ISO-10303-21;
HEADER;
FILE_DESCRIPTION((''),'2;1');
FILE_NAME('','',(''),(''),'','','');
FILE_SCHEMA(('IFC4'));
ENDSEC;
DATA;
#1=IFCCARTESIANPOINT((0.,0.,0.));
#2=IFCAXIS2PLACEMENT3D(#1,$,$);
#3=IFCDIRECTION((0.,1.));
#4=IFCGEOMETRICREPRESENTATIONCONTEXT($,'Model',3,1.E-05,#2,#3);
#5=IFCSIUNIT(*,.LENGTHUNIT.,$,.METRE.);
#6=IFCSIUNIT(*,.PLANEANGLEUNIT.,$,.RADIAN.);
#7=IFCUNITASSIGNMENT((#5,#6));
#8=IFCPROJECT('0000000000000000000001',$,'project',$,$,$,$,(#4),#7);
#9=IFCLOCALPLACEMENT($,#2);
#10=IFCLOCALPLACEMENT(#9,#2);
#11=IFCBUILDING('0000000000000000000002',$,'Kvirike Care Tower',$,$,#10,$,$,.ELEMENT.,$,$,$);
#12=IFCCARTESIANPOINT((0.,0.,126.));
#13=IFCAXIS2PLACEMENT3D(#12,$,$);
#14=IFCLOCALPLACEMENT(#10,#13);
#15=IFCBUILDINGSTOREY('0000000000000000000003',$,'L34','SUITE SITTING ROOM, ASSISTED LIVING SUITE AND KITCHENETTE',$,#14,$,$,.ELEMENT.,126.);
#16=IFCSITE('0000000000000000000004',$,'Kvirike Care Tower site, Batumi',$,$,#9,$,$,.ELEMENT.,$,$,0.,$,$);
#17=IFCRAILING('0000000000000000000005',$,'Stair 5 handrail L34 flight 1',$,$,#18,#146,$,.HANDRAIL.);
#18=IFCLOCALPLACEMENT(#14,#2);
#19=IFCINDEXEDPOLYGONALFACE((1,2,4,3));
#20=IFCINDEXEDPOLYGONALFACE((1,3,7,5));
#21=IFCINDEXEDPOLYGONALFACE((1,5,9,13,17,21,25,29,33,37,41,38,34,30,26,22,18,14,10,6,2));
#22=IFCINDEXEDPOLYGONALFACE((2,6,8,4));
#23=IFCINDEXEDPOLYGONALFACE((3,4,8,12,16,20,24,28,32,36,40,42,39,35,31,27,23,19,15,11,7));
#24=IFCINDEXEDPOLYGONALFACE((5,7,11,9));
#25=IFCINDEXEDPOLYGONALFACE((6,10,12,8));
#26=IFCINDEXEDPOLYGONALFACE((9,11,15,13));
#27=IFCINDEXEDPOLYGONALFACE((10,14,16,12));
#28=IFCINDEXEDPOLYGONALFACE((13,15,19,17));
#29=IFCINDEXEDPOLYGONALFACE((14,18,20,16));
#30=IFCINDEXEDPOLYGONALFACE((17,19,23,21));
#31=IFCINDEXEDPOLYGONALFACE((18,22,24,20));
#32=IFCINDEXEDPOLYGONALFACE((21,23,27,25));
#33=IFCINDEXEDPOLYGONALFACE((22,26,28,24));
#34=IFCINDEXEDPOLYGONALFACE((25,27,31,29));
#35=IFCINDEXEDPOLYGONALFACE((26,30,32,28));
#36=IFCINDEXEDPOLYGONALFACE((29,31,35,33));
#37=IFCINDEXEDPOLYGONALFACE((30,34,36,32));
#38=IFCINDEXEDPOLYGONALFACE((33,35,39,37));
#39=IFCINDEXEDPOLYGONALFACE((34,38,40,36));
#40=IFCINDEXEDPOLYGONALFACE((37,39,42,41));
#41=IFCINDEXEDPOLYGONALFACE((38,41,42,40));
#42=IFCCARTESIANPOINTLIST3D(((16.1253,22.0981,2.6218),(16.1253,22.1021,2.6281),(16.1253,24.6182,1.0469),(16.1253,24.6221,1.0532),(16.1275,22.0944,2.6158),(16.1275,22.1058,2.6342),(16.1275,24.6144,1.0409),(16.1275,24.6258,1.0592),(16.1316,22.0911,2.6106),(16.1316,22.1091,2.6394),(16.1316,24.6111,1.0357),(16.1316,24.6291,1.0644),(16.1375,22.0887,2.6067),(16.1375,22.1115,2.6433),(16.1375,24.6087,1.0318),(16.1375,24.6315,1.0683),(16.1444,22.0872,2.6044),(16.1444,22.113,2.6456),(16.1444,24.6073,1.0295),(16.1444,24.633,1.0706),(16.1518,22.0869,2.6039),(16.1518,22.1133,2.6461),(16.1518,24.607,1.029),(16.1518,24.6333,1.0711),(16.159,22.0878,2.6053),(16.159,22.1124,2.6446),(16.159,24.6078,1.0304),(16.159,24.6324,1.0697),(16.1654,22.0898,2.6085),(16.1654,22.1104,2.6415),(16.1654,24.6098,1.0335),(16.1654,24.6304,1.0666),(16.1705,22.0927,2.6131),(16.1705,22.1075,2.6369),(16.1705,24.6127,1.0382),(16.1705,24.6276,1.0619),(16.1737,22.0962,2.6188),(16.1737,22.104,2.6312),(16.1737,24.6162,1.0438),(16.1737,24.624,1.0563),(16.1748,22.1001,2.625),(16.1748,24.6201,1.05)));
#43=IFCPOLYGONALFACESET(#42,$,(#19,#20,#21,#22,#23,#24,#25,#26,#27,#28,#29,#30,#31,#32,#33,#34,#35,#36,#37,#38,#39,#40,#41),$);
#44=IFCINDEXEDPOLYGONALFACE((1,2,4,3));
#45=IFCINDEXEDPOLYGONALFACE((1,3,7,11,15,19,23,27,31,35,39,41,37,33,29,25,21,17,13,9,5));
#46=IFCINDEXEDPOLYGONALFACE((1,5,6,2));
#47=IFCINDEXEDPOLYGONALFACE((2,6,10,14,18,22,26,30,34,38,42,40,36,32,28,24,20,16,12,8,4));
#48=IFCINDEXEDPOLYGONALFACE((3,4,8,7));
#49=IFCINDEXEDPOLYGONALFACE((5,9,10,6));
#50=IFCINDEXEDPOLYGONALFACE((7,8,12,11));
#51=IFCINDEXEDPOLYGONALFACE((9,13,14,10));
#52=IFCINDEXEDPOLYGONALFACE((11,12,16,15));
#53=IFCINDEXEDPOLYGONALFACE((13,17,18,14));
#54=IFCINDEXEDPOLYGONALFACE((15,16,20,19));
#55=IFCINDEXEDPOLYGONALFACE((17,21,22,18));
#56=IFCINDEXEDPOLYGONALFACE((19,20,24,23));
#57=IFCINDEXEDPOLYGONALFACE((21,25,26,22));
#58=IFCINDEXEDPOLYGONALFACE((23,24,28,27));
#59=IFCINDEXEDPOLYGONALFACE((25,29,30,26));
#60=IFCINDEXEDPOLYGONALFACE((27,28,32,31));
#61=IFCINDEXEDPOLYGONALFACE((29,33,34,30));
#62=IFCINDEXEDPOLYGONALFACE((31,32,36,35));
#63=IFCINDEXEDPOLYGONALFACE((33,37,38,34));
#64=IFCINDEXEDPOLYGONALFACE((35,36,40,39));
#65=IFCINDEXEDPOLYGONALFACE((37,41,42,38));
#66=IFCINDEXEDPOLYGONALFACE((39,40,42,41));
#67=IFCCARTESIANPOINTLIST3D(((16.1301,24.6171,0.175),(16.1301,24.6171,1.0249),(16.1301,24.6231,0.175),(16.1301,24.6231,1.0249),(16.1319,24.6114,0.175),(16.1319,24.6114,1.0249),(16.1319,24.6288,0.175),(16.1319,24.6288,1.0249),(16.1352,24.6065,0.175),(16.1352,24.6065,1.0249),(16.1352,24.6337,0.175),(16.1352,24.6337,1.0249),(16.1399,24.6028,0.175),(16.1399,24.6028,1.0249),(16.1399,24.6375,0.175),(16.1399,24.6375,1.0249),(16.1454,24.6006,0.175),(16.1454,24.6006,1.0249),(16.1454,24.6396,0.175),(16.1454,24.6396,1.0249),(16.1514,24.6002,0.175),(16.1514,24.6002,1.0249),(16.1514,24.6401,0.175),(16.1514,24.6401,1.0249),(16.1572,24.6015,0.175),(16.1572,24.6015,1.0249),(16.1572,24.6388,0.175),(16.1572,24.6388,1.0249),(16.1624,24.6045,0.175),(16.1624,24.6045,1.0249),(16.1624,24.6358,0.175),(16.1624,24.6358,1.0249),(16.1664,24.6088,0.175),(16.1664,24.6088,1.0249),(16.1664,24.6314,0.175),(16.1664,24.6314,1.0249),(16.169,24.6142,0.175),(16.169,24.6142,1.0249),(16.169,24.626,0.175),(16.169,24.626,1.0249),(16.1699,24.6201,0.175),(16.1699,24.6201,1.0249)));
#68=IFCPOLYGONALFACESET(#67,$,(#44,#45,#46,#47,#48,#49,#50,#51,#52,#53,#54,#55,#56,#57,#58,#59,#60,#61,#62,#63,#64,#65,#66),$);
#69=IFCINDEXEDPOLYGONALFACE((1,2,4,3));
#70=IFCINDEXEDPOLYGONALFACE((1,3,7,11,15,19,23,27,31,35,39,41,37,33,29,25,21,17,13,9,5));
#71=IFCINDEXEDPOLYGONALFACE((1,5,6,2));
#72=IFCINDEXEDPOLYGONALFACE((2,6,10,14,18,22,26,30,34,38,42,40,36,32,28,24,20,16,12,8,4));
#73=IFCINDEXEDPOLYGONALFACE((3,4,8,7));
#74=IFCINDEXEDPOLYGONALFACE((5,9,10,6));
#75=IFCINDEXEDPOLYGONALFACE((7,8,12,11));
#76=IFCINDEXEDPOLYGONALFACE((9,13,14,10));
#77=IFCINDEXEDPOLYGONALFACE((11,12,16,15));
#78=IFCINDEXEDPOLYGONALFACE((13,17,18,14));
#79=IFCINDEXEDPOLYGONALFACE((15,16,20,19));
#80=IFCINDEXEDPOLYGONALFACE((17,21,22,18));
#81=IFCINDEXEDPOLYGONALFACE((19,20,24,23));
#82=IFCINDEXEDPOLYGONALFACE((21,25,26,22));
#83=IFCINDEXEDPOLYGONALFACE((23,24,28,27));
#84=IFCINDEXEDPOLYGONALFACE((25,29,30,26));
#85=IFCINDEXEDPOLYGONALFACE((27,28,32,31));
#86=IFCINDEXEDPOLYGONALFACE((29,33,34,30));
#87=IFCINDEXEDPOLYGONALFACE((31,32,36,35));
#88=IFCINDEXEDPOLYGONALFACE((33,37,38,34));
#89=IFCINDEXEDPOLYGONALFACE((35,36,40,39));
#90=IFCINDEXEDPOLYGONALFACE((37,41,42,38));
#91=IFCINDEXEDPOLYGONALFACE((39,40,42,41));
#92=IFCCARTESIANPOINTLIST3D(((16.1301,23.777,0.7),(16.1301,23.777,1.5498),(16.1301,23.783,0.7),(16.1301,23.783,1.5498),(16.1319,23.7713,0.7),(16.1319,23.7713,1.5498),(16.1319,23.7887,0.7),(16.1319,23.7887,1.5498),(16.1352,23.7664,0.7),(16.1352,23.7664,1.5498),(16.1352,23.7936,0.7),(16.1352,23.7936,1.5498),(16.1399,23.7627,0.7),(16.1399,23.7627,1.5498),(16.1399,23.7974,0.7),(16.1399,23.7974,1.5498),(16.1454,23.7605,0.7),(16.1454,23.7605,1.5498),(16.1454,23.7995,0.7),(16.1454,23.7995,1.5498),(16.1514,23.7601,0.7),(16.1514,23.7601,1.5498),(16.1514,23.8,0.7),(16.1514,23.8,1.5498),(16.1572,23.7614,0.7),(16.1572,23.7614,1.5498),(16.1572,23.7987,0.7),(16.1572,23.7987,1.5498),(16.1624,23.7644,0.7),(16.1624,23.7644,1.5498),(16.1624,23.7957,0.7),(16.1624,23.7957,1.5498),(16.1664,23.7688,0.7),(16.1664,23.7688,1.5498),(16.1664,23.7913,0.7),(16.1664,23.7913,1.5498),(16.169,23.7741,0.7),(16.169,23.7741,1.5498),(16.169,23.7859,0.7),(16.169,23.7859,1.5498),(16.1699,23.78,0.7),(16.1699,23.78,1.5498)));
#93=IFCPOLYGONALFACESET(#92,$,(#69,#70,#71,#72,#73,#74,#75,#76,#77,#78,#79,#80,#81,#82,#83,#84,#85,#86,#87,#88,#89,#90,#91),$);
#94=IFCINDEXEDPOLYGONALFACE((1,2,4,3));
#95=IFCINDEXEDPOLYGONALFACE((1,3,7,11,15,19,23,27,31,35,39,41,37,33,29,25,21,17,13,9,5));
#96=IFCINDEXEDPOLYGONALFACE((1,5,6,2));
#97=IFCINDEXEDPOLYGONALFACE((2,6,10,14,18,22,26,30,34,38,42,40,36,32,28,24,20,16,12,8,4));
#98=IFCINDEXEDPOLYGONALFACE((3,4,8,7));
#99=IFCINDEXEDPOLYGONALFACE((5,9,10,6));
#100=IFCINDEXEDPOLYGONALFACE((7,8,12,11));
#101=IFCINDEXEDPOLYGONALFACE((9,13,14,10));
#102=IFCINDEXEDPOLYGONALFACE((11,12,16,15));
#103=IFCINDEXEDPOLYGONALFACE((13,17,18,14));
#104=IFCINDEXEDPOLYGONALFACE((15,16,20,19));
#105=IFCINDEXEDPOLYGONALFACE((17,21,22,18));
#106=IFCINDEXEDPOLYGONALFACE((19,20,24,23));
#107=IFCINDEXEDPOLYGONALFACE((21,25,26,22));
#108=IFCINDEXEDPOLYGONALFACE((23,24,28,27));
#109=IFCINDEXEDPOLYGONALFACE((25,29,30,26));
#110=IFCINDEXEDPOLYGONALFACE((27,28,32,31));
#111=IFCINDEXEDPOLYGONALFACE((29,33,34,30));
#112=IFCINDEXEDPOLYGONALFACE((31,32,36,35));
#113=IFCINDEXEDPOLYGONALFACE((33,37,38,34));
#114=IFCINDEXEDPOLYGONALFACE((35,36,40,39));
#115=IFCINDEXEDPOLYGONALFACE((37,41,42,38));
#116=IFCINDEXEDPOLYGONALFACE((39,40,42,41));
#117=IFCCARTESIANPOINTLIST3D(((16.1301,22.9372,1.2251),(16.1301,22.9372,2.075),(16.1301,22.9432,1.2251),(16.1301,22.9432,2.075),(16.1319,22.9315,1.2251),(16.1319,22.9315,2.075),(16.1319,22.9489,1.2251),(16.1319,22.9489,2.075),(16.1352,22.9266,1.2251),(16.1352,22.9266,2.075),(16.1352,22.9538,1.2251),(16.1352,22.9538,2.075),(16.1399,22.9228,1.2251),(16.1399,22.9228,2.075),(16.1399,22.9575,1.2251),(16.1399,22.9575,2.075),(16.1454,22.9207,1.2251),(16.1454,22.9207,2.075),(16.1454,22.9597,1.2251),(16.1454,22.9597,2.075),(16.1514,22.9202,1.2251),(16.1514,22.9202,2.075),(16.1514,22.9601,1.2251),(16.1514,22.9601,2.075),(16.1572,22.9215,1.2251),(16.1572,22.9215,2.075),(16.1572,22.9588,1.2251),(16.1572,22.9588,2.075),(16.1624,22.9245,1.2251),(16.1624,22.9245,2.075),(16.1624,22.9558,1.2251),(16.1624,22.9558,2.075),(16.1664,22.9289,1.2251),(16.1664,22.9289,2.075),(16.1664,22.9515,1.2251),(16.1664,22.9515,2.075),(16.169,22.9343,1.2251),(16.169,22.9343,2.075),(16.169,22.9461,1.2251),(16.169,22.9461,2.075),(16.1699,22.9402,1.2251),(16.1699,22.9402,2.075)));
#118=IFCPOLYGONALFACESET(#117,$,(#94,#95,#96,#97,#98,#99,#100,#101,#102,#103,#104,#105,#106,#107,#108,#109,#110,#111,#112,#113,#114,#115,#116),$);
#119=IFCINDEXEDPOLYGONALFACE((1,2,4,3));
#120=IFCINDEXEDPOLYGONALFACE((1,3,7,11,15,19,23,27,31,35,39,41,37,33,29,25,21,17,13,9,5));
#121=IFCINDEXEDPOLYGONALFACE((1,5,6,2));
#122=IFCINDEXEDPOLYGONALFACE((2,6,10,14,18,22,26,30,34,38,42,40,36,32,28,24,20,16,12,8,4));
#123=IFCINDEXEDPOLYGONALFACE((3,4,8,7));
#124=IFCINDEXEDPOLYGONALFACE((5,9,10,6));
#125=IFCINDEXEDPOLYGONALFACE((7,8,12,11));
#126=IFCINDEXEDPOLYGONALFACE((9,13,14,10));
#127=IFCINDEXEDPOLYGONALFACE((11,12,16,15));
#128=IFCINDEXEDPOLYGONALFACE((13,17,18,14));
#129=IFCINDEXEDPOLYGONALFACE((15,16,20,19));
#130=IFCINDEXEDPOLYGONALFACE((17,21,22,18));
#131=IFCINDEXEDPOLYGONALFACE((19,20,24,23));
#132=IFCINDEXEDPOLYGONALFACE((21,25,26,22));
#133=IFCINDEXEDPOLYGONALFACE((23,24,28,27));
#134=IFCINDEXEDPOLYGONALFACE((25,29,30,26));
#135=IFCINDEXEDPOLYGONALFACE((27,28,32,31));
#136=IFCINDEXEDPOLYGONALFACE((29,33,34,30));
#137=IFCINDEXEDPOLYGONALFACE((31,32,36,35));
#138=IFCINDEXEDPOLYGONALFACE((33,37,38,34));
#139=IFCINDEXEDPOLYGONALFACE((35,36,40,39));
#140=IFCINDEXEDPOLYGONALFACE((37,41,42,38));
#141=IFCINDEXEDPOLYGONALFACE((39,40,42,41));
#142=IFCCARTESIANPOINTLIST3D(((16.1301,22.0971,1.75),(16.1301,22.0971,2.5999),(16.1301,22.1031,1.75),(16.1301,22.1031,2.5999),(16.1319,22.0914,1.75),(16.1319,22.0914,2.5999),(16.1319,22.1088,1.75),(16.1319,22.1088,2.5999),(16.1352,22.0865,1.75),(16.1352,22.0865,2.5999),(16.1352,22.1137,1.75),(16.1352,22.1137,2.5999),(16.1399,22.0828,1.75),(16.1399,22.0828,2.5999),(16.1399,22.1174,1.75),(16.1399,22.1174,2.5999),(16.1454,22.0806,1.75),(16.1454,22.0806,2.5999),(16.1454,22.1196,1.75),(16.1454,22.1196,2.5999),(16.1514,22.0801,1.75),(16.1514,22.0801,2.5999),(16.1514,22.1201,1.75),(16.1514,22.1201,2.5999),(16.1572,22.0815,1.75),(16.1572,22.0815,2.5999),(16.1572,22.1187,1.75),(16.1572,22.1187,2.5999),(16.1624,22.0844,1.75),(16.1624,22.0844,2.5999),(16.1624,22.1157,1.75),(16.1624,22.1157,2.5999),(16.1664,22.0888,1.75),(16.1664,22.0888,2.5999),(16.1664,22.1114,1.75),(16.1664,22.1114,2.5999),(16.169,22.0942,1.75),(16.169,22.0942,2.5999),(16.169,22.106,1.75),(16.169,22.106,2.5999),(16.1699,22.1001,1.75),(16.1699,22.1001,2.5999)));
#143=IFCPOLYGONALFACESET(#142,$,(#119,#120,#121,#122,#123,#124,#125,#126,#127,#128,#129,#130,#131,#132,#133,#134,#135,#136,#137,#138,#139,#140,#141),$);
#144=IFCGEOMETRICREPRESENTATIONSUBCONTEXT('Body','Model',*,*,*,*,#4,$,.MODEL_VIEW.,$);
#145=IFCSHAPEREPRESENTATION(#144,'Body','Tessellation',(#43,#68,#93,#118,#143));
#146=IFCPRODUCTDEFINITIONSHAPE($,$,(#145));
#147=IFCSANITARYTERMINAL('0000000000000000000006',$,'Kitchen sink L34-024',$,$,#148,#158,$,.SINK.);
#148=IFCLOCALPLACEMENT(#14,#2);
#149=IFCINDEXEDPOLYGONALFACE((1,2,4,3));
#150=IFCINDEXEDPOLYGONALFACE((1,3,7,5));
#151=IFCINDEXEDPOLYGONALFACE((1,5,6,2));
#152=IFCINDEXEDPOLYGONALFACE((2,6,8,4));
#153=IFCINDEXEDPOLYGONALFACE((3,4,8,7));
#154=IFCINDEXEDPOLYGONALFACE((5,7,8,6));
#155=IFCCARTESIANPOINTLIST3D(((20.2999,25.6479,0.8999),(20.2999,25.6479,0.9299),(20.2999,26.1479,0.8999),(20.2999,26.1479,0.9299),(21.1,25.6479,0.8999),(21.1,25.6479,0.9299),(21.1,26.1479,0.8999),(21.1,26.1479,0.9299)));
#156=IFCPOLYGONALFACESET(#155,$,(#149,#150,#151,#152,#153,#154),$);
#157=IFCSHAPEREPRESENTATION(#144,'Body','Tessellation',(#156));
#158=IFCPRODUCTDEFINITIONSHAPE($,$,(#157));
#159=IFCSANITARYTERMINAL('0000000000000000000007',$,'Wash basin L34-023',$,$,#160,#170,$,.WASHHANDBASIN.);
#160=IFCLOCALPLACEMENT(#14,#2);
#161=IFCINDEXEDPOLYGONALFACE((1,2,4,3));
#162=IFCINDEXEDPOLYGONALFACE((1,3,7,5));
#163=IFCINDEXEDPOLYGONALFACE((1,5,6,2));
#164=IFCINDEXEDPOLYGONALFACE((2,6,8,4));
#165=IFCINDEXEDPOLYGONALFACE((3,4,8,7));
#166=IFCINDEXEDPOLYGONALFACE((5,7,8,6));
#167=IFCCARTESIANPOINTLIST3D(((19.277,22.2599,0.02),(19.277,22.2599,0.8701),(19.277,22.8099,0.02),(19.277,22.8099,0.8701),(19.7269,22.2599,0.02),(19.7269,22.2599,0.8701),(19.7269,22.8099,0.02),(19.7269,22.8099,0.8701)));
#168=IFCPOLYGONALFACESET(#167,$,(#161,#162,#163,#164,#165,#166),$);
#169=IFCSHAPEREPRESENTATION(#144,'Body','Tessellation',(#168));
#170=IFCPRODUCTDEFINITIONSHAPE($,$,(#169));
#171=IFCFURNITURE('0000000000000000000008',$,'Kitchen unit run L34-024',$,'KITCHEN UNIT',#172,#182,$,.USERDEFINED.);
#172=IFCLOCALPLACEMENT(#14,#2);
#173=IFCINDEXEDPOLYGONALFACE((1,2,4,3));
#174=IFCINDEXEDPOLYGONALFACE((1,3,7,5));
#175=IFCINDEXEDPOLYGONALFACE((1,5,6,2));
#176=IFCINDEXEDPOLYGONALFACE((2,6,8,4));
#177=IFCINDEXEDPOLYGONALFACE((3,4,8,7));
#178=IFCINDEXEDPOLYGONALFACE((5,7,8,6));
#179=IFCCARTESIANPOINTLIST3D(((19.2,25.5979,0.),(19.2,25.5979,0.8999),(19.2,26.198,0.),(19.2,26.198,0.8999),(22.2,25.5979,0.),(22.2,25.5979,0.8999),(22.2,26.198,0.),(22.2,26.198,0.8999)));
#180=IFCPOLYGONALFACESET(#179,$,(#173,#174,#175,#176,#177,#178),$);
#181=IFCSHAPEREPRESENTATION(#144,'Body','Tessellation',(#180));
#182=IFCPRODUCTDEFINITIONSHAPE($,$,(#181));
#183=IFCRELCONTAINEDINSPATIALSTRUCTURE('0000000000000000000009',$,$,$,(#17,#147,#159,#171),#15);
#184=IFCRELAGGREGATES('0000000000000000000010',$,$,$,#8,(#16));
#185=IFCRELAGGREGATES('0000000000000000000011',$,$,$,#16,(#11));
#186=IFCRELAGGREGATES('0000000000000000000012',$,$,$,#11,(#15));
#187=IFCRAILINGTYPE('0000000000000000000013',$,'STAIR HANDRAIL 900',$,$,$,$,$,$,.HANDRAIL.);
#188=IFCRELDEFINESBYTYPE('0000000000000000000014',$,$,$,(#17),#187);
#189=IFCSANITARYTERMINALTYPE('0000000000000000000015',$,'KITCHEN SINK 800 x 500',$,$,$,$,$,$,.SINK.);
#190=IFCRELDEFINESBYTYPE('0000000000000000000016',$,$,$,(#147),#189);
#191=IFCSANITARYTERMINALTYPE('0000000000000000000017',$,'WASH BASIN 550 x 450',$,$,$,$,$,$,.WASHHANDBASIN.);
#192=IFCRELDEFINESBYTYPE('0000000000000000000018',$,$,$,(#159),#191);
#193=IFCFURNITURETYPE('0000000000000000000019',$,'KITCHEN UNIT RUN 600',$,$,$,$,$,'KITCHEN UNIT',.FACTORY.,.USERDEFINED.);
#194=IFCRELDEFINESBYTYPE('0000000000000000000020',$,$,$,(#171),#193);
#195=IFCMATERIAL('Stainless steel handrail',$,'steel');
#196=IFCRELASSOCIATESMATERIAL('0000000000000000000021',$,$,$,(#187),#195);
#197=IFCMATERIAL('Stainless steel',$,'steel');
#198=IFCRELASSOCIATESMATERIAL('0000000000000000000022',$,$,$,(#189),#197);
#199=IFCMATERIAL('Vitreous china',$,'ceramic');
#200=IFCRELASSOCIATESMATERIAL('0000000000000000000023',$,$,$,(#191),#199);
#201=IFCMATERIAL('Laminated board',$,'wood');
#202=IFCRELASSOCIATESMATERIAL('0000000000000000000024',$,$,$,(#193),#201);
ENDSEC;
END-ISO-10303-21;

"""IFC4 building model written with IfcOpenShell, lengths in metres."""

from ifc_helpers import new_model, si_unit, direction, frame, origin, origin_2d, place, context, subcontext, project, spatial, rectangle, circle, extrude, material, type_object, element, save


model = new_model("IFC4")

# Units and contexts
model_context = context("Model", 3, precision=1e-05, world=origin(), true_north=direction((0.0, 1.0)))
body_context = subcontext(model_context, "Body", "Model", "MODEL_VIEW")
ifc_project = project(units=[si_unit("LENGTHUNIT", "METRE"), si_unit("PLANEANGLEUNIT", "RADIAN")], contexts=[model_context])

# Site, building, storey
site_placement = place(None, origin())
site = spatial("IfcSite", under=ifc_project, at=site_placement, Name="Kvirike Care Tower site, Batumi", CompositionType="ELEMENT", RefElevation=0.0)
building_placement = place(site_placement, origin())
building = spatial("IfcBuilding", under=site, at=building_placement, Name="Kvirike Care Tower", CompositionType="ELEMENT")
storey_placement = place(building_placement, frame((0.0, 0.0, 126.0)))
storey = spatial("IfcBuildingStorey", under=building, at=storey_placement, Name="L34", Description="SUITE SITTING ROOM, ASSISTED LIVING SUITE AND KITCHENETTE", CompositionType="ELEMENT", Elevation=126.0)

# Railing
ifc_material_1 = material(Name="Stainless steel handrail", Category="steel")
railing_type = type_object("IfcRailingType", Name="STAIR HANDRAIL 900", PredefinedType="HANDRAIL", material=ifc_material_1)
railing_placement = place(storey_placement, frame((16.1499, 24.6201, 0.175)))
element("IfcRailing", 1, at=railing_placement, inside=storey, type_object=railing_type, Name="Stair 5 handrail L34 flight 1", PredefinedType="HANDRAIL", context=body_context, shape_type="SweptSolid", body=[
    extrude(circle(Radius=0.0249, at=origin_2d()), frame((0.0, 0.0, 0.875), z_axis=(0.0, -0.848008, 0.529984), x_axis=(1.0, 0.0, 0.0)), (0.0, 0.0, 1.0), 2.9717),
    extrude(circle(Radius=0.02, at=origin_2d()), origin(), (0.0, 0.0, 1.0), 0.8499),
    extrude(circle(Radius=0.02, at=origin_2d()), frame((0.0, -0.8401, 0.5249)), (0.0, 0.0, 1.0), 0.8499),
    extrude(circle(Radius=0.02, at=origin_2d()), frame((0.0, -1.6799, 1.05)), (0.0, 0.0, 1.0), 0.8499),
    extrude(circle(Radius=0.02, at=origin_2d()), frame((0.0, -2.52, 1.575)), (0.0, 0.0, 1.0), 0.8499),
])

# Sanitary terminals
ifc_material_2 = material(Name="Stainless steel", Category="steel")
sanitary_terminal_type_1 = type_object("IfcSanitaryTerminalType", Name="KITCHEN SINK 800 x 500", PredefinedType="SINK", material=ifc_material_2)
sanitary_terminal_1_placement = place(storey_placement, frame((20.7, 25.8979, 0.8999), z_axis=(0.0, 0.0, 1.0), x_axis=(1.0, 0.0, 0.0)))
element("IfcSanitaryTerminal", 2, at=sanitary_terminal_1_placement, inside=storey, type_object=sanitary_terminal_type_1, Name="Kitchen sink L34-024", PredefinedType="SINK", context=body_context, shape_type="SweptSolid", body=[
    extrude(rectangle(XDim=0.8, YDim=0.5, at=origin_2d()), origin(), (0.0, 0.0, 1.0), 0.03),
])
ifc_material_3 = material(Name="Vitreous china", Category="ceramic")
sanitary_terminal_type_2 = type_object("IfcSanitaryTerminalType", Name="WASH BASIN 550 x 450", PredefinedType="WASHHANDBASIN", material=ifc_material_3)
sanitary_terminal_2_placement = place(storey_placement, frame((19.502, 22.5349, 0.02), z_axis=(0.0, 0.0, 1.0), x_axis=(0.0, 1.0, 0.0)))
element("IfcSanitaryTerminal", 3, at=sanitary_terminal_2_placement, inside=storey, type_object=sanitary_terminal_type_2, Name="Wash basin L34-023", PredefinedType="WASHHANDBASIN", context=body_context, shape_type="SweptSolid", body=[
    extrude(rectangle(XDim=0.55, YDim=0.45, at=origin_2d()), origin(), (0.0, 0.0, 1.0), 0.8501),
])

# Furniture
ifc_material_4 = material(Name="Laminated board", Category="wood")
furniture_type = type_object("IfcFurnitureType", Name="KITCHEN UNIT RUN 600", ElementType="KITCHEN UNIT", AssemblyPlace="FACTORY", PredefinedType="USERDEFINED", material=ifc_material_4)
furniture_placement = place(storey_placement, frame((20.7, 25.8979, 0.0), z_axis=(0.0, 0.0, 1.0), x_axis=(1.0, 0.0, 0.0)))
element("IfcFurniture", 4, at=furniture_placement, inside=storey, type_object=furniture_type, Name="Kitchen unit run L34-024", ObjectType="KITCHEN UNIT", PredefinedType="USERDEFINED", context=body_context, shape_type="SweptSolid", body=[
    extrude(rectangle(XDim=3.0, YDim=0.6001, at=origin_2d()), origin(), (0.0, 0.0, 1.0), 0.8999),
])

save(model, "model.ifc")
